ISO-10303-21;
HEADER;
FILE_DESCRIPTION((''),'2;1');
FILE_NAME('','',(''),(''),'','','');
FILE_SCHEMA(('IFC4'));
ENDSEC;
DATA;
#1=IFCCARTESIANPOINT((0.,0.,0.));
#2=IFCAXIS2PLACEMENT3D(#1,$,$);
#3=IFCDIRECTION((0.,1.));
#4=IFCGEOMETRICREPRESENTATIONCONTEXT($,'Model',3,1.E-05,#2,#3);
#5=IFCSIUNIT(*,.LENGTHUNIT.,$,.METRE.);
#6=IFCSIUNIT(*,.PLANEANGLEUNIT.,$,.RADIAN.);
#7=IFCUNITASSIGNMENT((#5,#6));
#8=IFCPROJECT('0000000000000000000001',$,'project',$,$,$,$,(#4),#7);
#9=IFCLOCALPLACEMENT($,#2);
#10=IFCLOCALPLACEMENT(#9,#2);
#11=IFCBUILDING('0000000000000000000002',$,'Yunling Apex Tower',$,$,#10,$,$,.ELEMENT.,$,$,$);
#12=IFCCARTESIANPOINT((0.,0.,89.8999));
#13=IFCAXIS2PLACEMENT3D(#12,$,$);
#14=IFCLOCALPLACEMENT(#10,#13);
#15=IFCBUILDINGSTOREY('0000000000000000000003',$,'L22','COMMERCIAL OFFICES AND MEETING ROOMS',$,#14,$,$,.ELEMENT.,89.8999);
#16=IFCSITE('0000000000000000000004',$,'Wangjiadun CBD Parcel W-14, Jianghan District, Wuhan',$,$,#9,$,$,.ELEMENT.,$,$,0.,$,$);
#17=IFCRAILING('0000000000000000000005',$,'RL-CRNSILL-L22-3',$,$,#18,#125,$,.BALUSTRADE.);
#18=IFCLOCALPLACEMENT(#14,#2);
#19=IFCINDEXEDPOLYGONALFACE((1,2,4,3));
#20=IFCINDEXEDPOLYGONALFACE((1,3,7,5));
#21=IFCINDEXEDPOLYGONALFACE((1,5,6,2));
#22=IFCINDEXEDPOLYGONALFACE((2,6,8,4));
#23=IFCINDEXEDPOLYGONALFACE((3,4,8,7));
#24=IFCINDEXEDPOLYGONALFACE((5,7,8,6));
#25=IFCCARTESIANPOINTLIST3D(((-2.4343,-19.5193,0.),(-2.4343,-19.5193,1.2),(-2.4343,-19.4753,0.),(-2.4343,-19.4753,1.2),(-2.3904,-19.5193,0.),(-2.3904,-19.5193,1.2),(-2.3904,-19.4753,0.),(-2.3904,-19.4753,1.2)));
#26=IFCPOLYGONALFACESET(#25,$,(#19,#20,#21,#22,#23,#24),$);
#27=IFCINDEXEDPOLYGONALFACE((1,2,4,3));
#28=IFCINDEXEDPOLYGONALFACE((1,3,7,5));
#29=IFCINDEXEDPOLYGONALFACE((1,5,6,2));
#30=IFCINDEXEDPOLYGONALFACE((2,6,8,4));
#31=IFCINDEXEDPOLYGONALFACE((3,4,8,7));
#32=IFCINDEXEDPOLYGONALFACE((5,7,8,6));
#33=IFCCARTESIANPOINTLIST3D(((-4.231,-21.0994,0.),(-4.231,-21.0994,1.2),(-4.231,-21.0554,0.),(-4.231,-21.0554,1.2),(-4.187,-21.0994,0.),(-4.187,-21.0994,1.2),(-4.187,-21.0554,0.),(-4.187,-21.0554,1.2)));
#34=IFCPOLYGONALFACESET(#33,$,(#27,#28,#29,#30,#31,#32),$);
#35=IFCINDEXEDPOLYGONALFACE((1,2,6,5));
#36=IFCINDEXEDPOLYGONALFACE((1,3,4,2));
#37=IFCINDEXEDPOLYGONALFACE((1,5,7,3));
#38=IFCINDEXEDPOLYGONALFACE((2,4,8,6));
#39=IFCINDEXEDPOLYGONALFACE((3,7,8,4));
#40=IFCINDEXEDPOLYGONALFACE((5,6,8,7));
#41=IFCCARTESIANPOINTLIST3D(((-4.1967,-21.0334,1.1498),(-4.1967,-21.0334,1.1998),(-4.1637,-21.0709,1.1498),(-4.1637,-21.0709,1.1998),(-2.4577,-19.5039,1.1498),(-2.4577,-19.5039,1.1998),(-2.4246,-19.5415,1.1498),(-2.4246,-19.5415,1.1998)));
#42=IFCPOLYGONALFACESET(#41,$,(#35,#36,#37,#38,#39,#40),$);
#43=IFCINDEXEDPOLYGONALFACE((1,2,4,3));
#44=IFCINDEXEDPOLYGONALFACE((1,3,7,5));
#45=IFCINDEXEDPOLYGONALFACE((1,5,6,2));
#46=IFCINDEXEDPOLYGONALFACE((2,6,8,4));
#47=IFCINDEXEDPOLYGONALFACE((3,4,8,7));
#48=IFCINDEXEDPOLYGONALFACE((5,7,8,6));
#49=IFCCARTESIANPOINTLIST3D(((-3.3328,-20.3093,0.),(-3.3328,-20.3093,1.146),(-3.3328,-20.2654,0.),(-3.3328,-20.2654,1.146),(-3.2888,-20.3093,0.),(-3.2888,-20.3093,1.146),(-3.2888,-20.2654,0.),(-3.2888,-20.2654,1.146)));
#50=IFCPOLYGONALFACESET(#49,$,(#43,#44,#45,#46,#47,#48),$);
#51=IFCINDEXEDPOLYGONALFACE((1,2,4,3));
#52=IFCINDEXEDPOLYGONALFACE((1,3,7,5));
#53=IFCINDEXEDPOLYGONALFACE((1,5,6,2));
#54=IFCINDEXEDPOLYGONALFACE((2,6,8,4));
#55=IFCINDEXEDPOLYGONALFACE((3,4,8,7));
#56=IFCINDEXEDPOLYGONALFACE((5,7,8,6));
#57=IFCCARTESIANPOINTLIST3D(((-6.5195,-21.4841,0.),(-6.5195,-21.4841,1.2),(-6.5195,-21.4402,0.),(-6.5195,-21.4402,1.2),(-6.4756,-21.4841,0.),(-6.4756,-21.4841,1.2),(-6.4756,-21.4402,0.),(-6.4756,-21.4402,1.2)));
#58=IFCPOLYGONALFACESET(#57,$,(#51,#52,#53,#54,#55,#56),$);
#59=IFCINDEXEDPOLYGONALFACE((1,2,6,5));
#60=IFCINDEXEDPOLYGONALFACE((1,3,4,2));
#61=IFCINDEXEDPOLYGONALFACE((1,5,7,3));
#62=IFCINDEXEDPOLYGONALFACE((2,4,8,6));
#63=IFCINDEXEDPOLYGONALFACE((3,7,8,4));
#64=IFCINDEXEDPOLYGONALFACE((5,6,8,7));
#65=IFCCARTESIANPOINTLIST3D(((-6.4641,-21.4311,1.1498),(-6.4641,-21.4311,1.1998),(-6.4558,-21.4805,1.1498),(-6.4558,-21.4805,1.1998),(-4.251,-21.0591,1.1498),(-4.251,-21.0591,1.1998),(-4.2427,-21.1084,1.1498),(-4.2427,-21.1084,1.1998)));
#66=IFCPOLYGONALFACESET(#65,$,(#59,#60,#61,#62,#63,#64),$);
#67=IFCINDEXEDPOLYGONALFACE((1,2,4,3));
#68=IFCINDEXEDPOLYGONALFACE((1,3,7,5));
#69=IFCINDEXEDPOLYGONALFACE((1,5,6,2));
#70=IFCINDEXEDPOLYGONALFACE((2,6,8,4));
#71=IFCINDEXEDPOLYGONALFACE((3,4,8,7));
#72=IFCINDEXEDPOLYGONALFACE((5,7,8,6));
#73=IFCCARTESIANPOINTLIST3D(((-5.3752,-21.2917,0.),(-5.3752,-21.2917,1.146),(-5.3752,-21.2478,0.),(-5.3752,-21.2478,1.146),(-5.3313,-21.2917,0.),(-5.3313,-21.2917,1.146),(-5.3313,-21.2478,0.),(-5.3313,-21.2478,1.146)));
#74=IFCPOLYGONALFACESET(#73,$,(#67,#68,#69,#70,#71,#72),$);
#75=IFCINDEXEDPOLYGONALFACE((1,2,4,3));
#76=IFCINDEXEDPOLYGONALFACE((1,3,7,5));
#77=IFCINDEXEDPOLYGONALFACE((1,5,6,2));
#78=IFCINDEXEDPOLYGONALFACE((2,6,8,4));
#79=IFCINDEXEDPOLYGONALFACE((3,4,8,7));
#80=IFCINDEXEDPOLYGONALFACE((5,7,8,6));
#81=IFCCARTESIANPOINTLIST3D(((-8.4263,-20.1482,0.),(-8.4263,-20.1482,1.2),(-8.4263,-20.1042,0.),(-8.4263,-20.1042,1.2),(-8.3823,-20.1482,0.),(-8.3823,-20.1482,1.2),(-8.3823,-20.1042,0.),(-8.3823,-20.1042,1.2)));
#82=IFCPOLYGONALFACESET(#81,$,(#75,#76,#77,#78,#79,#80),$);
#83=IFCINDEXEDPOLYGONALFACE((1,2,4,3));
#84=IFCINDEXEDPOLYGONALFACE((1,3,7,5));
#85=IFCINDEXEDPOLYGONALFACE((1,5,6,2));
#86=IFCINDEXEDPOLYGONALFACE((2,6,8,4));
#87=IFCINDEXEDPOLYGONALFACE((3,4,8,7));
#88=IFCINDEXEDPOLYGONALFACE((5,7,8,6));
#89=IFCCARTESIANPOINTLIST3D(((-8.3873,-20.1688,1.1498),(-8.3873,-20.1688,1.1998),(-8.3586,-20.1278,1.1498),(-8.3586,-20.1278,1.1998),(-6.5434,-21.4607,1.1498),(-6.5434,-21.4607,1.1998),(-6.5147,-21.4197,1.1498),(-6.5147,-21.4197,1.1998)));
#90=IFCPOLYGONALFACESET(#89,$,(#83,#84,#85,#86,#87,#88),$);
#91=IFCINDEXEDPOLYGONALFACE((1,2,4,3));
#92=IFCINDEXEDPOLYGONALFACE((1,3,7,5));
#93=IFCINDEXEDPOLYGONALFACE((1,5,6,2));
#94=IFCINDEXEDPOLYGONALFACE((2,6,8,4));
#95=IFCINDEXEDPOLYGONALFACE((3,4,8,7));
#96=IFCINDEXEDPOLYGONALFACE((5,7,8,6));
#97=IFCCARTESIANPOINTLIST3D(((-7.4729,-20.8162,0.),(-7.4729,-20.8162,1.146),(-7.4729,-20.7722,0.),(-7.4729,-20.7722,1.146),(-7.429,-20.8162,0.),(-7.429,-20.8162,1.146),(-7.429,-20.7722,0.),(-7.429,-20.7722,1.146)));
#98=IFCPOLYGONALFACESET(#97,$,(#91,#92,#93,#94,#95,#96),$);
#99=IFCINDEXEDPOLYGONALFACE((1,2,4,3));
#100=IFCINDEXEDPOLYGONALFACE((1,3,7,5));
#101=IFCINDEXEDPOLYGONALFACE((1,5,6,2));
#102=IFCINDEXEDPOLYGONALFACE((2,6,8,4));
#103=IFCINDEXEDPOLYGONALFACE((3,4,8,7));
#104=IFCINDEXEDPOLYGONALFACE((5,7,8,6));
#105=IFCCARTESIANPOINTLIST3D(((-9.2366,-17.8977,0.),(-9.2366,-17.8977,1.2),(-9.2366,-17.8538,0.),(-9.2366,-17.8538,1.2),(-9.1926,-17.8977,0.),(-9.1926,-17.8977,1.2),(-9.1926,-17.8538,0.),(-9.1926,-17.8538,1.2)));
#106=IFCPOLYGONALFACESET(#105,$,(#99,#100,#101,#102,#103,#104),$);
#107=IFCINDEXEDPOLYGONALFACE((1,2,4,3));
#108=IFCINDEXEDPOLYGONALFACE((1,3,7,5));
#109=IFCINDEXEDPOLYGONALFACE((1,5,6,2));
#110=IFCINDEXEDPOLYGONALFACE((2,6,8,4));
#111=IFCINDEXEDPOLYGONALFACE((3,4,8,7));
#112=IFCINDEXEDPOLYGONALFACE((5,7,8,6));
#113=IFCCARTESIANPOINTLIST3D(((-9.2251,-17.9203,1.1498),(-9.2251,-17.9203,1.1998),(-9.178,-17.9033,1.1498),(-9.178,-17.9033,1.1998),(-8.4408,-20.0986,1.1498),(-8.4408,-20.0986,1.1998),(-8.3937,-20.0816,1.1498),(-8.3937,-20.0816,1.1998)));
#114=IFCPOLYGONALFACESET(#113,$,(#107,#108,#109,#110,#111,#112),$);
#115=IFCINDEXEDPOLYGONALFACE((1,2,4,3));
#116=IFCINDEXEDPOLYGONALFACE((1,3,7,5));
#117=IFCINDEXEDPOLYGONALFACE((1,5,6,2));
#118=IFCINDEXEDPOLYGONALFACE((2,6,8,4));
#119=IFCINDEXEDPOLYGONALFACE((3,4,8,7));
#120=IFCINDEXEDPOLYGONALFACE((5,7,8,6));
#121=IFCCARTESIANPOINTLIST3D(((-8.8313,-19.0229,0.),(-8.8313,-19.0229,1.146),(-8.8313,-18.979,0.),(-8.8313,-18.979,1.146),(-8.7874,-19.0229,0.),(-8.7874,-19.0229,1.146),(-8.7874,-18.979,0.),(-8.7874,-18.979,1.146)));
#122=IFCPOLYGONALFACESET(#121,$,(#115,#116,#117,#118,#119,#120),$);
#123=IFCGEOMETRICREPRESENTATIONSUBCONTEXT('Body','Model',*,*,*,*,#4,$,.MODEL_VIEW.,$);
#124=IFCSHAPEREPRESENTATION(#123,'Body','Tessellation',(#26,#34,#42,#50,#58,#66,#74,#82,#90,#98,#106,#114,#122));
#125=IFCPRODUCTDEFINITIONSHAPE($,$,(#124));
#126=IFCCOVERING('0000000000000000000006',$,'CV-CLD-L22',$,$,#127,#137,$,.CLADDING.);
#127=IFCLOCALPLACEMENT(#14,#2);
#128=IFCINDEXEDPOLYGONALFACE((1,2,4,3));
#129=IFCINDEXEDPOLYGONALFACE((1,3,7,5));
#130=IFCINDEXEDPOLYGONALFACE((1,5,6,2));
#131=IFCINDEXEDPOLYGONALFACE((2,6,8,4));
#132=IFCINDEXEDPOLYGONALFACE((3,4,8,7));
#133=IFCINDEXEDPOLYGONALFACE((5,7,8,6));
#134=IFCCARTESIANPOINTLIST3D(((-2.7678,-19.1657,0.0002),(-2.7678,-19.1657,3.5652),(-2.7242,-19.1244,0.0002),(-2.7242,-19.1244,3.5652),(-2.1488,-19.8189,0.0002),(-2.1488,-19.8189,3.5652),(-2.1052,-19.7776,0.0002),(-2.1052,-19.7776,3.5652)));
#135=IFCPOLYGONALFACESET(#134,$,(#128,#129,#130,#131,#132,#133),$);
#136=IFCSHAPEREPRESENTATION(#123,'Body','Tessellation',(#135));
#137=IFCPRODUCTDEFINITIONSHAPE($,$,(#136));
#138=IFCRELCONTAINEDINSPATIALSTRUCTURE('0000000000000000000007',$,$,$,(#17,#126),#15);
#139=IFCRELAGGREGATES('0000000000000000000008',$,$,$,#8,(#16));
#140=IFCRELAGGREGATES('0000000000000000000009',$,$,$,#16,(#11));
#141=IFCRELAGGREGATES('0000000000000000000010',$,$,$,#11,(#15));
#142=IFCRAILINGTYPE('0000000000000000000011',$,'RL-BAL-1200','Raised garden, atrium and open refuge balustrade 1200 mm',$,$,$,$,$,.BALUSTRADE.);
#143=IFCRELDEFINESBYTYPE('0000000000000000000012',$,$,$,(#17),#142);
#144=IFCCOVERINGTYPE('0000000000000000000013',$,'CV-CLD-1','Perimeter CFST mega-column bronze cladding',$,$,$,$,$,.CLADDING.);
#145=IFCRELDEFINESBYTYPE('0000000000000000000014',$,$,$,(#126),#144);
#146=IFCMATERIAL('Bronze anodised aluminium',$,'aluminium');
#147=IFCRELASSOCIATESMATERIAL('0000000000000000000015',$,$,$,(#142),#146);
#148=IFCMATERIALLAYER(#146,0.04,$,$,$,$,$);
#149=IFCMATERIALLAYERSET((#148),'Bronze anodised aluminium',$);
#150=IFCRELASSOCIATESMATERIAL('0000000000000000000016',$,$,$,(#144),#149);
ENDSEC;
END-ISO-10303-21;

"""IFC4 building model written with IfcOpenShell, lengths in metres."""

from ifc_helpers import new_model, si_unit, direction, frame, origin, origin_2d, place, context, subcontext, project, spatial, rectangle, extrude, source, transform, mapped, material, layer, layer_set, type_object, element, save


model = new_model("IFC4")

# Units and contexts
model_context = context("Model", 3, precision=1e-05, world=origin(), true_north=direction((0.0, 1.0)))
body_context = subcontext(model_context, "Body", "Model", "MODEL_VIEW")
ifc_project = project(units=[si_unit("LENGTHUNIT", "METRE"), si_unit("PLANEANGLEUNIT", "RADIAN")], contexts=[model_context])

# Site, building, storey
site_placement = place(None, origin())
site = spatial("IfcSite", under=ifc_project, at=site_placement, Name="Wangjiadun CBD Parcel W-14, Jianghan District, Wuhan", CompositionType="ELEMENT", RefElevation=0.0)
building_placement = place(site_placement, origin())
building = spatial("IfcBuilding", under=site, at=building_placement, Name="Yunling Apex Tower", CompositionType="ELEMENT")
storey_placement = place(building_placement, frame((0.0, 0.0, 89.8999)))
storey = spatial("IfcBuildingStorey", under=building, at=storey_placement, Name="L22", Description="COMMERCIAL OFFICES AND MEETING ROOMS", CompositionType="ELEMENT", Elevation=89.8999)

# Shared definitions
ifc_material_1 = material(Name="Bronze anodised aluminium", Category="aluminium")

# Railing
railing_type = type_object("IfcRailingType", Name="RL-BAL-1200", Description="Raised garden, atrium and open refuge balustrade 1200 mm", PredefinedType="BALUSTRADE", material=ifc_material_1)
railing_placement = place(storey_placement, frame((-2.4124, -19.4973, 0.0)))
element("IfcRailing", 1, at=railing_placement, inside=storey, type_object=railing_type, Name="RL-CRNSILL-L22-3", PredefinedType="BALUSTRADE", context=body_context, shape_type="SweptSolid", body=[
    extrude(rectangle(XDim=0.0439, YDim=0.0439, at=origin_2d()), origin(), (0.0, 0.0, 1.0), 1.2),
    extrude(rectangle(XDim=0.0439, YDim=0.0439, at=origin_2d()), frame((-1.7966, -1.5801, 0.0)), (0.0, 0.0, 1.0), 1.2),
    extrude(rectangle(XDim=0.05, YDim=0.05, at=origin_2d()), frame((-0.0288, -0.0254, 1.1748), z_axis=(-0.750912, -0.660402, 0.0), x_axis=(0.660402, -0.750912, 0.0)), (0.0, 0.0, 1.0), 2.3159),
    extrude(rectangle(XDim=0.0439, YDim=0.0439, at=origin_2d()), frame((-0.8984, -0.79, 0.0)), (0.0, 0.0, 1.0), 1.146),
    extrude(rectangle(XDim=0.0439, YDim=0.0439, at=origin_2d()), frame((-4.0852, -1.9648, 0.0)), (0.0, 0.0, 1.0), 1.2),
    extrude(rectangle(XDim=0.05, YDim=0.05, at=origin_2d()), frame((-1.8345, -1.5864, 1.1748), z_axis=(-0.98616, -0.165798, 0.0), x_axis=(0.165798, -0.98616, 0.0)), (0.0, 0.0, 1.0), 2.2441),
    extrude(rectangle(XDim=0.0439, YDim=0.0439, at=origin_2d()), frame((-2.9409, -1.7725, 0.0)), (0.0, 0.0, 1.0), 1.146),
    extrude(rectangle(XDim=0.0439, YDim=0.0439, at=origin_2d()), frame((-5.9919, -0.6289, 0.0)), (0.0, 0.0, 1.0), 1.2),
    extrude(rectangle(XDim=0.05, YDim=0.05, at=origin_2d()), frame((-4.1167, -1.9429, 1.1748), z_axis=(-0.818986, 0.573814, 0.0), x_axis=(-0.573814, -0.818986, 0.0)), (0.0, 0.0, 1.0), 2.2515),
    extrude(rectangle(XDim=0.0439, YDim=0.0439, at=origin_2d()), frame((-5.0386, -1.2969, 0.0)), (0.0, 0.0, 1.0), 1.146),
    extrude(rectangle(XDim=0.0439, YDim=0.0439, at=origin_2d()), frame((-6.8022, 1.6216, 0.0)), (0.0, 0.0, 1.0), 1.2),
    extrude(rectangle(XDim=0.05, YDim=0.05, at=origin_2d()), frame((-6.0049, -0.5928, 1.1748), z_axis=(-0.338766, 0.94087, 0.0), x_axis=(-0.94087, -0.338766, 0.0)), (0.0, 0.0, 1.0), 2.3152),
    extrude(rectangle(XDim=0.0439, YDim=0.0439, at=origin_2d()), frame((-6.397, 0.4963, 0.0)), (0.0, 0.0, 1.0), 1.146),
])

# Covering
ifc_layer_1 = layer(ifc_material_1, 0.04)
ifc_layer_set_1 = layer_set([ifc_layer_1], Name="Bronze anodised aluminium")
covering_type = type_object("IfcCoveringType", Name="CV-CLD-1", Description="Perimeter CFST mega-column bronze cladding", PredefinedType="CLADDING", material=ifc_layer_set_1)
shared_shape_1 = source(origin(), body_context, "Body", "SweptSolid", [
    extrude(rectangle(XDim=0.0601, YDim=0.8999, at=origin_2d()), origin(), (0.0, 0.0, 1.0), 3.5649),
])
covering_placement = place(storey_placement, frame((-2.4365, -19.4717, 0.0002), z_axis=(0.0, 0.0, 1.0), x_axis=(0.725855, 0.687848, 0.0)))
element("IfcCovering", 2, at=covering_placement, inside=storey, type_object=covering_type, Name="CV-CLD-L22", PredefinedType="CLADDING", context=body_context, shape_type="MappedRepresentation", body=[
    mapped(shared_shape_1, transform((0.0, 0.0, 0.0), scale=1.0)),
])

save(model, "model.ifc")
